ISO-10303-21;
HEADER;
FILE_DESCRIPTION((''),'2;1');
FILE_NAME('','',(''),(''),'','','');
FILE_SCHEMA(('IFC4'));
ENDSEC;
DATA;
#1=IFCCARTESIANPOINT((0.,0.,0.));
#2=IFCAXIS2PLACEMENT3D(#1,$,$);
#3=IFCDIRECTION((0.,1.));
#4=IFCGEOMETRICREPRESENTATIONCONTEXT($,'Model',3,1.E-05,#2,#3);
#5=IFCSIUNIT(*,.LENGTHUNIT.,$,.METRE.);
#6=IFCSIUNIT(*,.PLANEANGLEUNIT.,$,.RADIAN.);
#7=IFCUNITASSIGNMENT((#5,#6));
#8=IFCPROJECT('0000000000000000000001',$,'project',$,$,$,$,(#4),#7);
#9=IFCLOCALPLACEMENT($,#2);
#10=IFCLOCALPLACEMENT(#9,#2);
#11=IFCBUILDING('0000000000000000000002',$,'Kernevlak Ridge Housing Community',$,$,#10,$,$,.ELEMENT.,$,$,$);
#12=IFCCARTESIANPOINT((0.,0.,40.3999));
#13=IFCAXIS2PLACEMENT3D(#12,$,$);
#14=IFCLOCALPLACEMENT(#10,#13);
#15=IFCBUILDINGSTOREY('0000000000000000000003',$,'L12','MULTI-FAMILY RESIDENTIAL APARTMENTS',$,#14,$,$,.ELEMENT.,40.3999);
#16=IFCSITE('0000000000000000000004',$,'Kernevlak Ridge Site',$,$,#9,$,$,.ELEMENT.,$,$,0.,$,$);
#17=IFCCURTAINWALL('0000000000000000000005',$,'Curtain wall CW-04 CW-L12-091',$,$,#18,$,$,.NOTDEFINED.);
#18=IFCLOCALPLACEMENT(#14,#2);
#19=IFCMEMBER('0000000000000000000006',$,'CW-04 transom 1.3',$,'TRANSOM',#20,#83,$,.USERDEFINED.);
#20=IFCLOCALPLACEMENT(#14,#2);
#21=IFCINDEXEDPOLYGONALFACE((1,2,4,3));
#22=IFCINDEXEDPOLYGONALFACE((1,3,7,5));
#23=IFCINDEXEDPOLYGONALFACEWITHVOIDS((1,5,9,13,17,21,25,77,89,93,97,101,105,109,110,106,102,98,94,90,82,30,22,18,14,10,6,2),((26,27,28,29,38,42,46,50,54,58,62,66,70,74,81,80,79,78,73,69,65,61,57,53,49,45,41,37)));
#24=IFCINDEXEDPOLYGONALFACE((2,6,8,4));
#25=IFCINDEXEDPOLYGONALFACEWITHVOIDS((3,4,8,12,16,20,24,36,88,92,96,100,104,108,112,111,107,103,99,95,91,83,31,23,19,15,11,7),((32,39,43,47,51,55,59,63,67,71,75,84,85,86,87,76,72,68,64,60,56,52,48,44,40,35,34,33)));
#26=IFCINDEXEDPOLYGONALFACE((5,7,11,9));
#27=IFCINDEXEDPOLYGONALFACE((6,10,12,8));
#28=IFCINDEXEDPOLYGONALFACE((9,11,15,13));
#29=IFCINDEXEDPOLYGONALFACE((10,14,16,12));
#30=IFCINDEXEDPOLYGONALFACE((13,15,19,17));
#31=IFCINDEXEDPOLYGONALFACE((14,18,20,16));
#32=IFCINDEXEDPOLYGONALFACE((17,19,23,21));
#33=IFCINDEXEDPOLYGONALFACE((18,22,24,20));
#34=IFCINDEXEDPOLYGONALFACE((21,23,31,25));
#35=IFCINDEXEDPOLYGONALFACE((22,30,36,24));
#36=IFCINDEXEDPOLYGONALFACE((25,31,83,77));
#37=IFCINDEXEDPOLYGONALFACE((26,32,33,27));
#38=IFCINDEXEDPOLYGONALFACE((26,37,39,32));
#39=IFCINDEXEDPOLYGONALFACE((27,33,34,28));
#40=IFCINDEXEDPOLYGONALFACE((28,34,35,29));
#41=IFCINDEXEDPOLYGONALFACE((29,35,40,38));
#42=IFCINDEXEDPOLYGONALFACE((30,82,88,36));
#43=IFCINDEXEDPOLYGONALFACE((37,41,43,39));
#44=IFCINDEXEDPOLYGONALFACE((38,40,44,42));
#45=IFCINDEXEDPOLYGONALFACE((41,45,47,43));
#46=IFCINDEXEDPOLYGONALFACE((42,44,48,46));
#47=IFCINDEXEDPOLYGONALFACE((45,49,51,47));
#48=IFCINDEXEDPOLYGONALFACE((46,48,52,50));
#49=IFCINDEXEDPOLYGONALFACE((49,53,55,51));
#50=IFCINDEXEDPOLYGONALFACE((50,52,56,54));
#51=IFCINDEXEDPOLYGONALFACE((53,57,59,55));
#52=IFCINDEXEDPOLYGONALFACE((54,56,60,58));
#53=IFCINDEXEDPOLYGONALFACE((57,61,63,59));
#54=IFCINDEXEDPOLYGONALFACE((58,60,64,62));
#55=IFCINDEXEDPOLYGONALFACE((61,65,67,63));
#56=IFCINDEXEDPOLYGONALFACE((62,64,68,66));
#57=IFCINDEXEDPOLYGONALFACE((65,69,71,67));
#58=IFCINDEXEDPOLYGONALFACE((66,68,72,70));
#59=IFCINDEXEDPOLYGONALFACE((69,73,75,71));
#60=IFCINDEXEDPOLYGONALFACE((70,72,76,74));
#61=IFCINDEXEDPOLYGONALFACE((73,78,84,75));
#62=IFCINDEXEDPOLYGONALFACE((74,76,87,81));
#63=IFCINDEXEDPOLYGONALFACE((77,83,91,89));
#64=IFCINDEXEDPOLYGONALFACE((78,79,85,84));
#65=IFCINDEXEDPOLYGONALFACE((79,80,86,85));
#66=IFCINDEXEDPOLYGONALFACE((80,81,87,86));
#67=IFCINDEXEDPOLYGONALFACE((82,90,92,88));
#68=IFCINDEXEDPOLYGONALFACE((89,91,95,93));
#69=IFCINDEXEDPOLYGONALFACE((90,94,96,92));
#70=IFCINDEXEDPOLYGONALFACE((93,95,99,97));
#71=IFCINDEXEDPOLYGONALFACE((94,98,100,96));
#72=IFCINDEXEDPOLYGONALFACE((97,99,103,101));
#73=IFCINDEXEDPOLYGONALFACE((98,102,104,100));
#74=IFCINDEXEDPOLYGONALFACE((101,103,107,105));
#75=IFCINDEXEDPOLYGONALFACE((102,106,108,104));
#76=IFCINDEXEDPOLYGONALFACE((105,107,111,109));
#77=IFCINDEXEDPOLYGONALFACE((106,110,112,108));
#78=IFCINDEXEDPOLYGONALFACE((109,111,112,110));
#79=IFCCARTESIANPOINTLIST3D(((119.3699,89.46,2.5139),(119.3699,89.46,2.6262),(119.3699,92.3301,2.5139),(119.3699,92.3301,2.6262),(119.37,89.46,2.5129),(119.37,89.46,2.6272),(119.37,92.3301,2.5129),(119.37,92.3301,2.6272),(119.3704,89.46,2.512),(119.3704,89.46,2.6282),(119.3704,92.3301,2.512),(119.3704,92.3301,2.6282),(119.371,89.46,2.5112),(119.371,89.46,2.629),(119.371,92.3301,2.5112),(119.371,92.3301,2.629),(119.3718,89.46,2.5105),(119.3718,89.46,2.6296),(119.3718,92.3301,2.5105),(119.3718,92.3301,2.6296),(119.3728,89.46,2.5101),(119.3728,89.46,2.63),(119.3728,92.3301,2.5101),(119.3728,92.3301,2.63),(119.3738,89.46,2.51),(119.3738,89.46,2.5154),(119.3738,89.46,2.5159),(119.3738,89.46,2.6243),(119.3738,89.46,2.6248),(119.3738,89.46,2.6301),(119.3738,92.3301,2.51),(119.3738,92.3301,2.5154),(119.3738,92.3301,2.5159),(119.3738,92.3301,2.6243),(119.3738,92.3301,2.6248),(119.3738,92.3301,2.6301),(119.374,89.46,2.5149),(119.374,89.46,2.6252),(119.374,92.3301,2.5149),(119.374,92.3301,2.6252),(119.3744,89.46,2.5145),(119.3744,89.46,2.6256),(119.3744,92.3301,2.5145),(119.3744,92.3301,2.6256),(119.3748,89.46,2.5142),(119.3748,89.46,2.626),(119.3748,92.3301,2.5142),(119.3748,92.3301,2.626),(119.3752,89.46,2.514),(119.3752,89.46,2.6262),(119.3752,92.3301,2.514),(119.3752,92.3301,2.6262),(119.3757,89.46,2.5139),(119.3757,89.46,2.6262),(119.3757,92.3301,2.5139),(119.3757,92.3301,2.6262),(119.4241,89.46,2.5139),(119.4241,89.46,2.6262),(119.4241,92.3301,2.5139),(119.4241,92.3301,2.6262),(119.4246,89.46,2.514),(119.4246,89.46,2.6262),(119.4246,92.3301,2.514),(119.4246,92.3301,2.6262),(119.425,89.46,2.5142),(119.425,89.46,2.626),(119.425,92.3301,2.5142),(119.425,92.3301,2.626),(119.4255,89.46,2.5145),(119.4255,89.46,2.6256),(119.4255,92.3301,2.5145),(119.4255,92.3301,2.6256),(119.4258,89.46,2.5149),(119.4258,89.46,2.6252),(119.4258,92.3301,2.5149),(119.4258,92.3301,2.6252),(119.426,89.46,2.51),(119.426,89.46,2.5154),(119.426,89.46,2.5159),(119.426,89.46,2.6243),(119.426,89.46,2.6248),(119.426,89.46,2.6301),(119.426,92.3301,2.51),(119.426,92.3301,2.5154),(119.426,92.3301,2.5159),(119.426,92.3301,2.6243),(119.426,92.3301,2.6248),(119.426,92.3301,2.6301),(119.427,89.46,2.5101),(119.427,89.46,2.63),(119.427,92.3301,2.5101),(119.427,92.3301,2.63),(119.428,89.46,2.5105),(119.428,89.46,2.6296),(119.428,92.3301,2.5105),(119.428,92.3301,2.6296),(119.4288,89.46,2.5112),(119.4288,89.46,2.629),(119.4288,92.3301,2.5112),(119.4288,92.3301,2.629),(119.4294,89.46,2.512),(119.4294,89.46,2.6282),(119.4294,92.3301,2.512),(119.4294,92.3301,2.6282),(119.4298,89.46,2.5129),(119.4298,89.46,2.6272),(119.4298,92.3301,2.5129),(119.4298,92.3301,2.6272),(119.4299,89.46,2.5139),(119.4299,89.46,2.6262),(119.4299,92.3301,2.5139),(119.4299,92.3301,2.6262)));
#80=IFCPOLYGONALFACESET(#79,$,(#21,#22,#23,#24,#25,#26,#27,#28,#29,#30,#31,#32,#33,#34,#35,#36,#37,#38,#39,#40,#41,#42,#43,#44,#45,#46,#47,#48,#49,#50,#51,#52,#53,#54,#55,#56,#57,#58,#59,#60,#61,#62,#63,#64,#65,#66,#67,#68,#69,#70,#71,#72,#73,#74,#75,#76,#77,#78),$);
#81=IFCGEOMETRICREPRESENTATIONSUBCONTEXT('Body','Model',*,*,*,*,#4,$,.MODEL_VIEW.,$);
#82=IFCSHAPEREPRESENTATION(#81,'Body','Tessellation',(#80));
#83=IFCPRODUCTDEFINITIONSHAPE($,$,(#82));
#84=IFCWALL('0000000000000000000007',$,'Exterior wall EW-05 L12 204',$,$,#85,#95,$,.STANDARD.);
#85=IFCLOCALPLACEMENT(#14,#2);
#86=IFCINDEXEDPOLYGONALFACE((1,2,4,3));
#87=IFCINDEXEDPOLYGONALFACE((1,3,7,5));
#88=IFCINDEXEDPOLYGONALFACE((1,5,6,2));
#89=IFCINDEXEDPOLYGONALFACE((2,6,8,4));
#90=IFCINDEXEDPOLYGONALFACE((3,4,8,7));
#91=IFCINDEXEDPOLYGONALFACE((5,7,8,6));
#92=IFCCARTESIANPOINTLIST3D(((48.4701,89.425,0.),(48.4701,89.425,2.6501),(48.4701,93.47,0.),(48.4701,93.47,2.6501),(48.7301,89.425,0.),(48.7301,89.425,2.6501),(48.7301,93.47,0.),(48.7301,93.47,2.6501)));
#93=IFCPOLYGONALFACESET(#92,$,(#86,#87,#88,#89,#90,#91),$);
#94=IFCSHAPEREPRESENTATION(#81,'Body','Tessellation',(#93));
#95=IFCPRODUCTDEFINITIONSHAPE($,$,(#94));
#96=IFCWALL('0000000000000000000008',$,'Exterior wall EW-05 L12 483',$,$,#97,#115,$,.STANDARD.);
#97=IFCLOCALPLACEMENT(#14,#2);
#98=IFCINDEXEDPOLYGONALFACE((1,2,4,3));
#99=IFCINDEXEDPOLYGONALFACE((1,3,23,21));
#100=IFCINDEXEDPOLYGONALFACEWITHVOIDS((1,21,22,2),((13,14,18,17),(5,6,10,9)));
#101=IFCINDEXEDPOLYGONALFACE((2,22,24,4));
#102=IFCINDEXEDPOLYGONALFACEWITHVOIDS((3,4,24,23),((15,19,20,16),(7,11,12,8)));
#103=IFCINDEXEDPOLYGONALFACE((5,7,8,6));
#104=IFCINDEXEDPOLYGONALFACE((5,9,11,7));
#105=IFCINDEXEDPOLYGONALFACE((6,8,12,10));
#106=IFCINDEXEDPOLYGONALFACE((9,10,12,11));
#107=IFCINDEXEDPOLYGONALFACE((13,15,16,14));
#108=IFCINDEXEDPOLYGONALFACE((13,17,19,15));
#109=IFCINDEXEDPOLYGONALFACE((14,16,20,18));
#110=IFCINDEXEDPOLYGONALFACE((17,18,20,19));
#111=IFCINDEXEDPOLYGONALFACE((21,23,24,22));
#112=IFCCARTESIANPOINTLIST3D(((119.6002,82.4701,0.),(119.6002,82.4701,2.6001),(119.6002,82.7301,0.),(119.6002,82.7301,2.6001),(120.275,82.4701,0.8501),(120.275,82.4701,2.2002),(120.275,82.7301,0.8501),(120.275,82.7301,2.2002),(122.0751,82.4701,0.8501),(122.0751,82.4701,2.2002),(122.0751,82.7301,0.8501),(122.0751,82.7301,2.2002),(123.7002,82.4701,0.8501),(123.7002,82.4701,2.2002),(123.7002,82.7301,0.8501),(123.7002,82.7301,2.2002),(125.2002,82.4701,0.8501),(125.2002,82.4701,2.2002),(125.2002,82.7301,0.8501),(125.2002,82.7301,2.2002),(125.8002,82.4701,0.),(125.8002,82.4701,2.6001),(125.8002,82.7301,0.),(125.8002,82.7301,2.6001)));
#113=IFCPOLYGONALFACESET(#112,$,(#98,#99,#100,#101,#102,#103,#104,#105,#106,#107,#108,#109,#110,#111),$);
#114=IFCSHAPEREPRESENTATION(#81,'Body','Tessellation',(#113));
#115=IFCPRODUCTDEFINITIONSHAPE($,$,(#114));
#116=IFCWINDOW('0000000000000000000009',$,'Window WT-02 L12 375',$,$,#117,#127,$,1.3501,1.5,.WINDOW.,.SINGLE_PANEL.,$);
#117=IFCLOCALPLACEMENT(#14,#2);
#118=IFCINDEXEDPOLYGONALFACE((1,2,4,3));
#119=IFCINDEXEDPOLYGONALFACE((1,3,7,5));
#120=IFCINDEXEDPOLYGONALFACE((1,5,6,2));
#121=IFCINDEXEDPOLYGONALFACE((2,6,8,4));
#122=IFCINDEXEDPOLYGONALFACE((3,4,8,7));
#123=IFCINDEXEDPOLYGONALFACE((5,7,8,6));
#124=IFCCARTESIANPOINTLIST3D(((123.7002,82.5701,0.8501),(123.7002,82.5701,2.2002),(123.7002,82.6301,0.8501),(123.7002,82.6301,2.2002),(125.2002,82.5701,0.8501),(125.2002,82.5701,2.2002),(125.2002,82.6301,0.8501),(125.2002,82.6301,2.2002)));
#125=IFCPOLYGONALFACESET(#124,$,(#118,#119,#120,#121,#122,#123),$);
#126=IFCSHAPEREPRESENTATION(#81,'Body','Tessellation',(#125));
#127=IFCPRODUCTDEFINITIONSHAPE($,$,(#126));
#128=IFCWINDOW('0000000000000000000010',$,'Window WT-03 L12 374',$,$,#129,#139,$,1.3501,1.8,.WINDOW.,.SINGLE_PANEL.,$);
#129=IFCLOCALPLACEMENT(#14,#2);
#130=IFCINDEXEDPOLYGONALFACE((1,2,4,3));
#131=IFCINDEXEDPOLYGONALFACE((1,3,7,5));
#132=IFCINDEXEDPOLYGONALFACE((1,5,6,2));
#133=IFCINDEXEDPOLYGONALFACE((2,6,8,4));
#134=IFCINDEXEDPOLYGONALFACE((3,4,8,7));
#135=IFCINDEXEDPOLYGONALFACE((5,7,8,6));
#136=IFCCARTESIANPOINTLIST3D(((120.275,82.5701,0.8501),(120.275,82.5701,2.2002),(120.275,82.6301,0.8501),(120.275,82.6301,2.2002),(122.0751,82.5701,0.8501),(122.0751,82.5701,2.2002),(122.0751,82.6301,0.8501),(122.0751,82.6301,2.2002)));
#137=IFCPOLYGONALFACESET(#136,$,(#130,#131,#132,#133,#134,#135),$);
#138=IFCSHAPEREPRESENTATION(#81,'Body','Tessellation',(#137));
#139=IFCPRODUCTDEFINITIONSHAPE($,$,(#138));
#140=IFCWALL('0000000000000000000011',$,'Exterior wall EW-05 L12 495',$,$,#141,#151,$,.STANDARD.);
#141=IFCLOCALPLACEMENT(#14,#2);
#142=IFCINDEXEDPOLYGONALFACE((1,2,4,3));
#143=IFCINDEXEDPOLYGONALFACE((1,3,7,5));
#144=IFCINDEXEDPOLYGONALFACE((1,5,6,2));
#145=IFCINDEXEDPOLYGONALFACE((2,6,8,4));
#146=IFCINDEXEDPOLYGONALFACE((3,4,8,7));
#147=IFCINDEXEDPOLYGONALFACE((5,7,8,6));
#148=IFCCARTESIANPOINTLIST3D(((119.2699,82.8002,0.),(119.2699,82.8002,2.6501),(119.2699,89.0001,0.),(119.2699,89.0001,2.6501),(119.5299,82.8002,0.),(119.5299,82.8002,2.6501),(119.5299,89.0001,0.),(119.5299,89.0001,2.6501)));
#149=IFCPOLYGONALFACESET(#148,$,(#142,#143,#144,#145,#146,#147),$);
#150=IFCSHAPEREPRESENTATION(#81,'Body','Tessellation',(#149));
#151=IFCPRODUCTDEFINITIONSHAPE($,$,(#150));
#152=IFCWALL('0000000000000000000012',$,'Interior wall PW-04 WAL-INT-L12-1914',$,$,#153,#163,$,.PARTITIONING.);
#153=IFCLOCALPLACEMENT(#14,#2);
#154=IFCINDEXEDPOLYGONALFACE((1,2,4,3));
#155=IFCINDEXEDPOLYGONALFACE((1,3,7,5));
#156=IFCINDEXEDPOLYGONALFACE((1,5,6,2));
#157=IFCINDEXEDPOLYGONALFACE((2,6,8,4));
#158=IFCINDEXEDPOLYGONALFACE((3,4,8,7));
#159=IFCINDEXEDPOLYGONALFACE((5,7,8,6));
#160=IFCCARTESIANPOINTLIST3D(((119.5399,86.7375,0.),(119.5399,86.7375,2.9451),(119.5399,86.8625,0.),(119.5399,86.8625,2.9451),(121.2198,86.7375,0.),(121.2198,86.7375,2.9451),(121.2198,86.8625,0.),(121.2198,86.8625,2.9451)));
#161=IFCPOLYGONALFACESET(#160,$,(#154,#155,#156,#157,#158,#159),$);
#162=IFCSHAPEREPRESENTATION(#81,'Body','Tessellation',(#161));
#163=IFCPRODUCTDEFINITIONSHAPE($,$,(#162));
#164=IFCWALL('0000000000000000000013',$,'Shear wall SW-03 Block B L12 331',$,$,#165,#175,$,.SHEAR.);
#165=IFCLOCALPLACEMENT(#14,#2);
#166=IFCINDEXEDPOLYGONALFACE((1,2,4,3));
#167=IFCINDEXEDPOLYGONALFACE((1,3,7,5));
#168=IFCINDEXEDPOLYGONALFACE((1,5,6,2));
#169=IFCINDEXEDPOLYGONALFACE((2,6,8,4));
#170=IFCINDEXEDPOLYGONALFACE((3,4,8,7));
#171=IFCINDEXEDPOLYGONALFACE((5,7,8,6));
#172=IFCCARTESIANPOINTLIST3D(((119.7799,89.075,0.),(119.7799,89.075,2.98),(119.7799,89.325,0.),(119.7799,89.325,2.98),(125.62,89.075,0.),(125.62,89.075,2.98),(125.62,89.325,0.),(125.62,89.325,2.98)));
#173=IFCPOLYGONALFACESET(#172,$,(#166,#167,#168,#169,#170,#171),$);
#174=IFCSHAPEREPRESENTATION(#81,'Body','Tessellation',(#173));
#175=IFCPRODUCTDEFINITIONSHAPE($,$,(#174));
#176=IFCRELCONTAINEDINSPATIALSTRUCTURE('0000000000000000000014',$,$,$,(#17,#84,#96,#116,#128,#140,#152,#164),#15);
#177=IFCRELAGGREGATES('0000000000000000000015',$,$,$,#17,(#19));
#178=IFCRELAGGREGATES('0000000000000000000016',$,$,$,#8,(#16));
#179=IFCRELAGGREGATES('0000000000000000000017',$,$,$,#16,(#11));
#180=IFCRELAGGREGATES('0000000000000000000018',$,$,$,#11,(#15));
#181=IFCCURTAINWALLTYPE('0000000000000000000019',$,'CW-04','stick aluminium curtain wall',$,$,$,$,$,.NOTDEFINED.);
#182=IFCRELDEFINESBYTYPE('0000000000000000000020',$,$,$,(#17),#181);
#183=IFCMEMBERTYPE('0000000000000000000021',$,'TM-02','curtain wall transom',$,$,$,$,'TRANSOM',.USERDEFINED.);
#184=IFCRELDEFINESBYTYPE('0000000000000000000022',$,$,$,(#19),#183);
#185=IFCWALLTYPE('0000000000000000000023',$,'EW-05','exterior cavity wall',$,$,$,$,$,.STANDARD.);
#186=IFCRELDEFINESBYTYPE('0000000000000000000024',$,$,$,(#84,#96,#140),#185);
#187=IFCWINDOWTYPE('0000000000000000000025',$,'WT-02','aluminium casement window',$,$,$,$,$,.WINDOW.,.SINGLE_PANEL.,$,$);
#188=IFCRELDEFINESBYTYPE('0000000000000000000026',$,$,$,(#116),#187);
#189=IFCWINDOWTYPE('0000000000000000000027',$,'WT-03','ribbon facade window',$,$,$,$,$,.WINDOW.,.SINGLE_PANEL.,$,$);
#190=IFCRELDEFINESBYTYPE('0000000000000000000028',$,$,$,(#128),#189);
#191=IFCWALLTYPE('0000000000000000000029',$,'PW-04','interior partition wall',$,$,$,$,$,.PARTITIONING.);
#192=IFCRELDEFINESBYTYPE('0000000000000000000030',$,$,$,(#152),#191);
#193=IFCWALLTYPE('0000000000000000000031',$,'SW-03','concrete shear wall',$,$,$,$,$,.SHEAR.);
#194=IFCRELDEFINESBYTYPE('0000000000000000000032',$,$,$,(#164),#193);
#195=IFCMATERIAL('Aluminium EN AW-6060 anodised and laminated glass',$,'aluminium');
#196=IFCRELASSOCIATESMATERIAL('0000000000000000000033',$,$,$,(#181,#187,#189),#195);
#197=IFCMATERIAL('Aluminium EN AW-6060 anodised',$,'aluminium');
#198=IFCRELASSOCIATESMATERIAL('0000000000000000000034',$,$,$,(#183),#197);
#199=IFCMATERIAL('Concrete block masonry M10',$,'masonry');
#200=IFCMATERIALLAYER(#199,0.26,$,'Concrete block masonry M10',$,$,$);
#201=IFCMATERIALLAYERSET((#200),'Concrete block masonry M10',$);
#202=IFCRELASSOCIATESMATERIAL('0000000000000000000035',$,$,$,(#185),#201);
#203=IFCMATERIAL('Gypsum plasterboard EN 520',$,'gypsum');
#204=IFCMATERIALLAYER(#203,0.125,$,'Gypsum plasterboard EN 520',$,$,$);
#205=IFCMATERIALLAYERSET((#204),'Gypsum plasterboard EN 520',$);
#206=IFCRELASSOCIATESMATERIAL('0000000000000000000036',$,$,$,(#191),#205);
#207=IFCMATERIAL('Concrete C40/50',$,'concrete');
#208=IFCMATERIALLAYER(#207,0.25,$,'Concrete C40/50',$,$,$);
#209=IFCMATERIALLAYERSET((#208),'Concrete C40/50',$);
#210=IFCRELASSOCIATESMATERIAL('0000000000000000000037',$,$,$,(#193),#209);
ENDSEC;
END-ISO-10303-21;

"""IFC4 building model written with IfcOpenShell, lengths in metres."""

from ifc_helpers import new_model, si_unit, direction, frame, frame_2d, origin, origin_2d, place, context, subcontext, project, spatial, rectangle, hollow_rectangle, extrude, material, layer, layer_set, material_profile, profile_set, type_object, element, fill, aggregate, save


model = new_model("IFC4")

# Units and contexts
model_context = context("Model", 3, precision=1e-05, world=origin(), true_north=direction((0.0, 1.0)))
body_context = subcontext(model_context, "Body", "Model", "MODEL_VIEW")
ifc_project = project(units=[si_unit("LENGTHUNIT", "METRE"), si_unit("PLANEANGLEUNIT", "RADIAN")], contexts=[model_context])

# Site, building, storey
site_placement = place(None, origin())
site = spatial("IfcSite", under=ifc_project, at=site_placement, Name="Kernevlak Ridge Site", CompositionType="ELEMENT", RefElevation=0.0)
building_placement = place(site_placement, origin())
building = spatial("IfcBuilding", under=site, at=building_placement, Name="Kernevlak Ridge Housing Community", CompositionType="ELEMENT")
storey_placement = place(building_placement, frame((0.0, 0.0, 40.3999)))
storey = spatial("IfcBuildingStorey", under=building, at=storey_placement, Name="L12", Description="MULTI-FAMILY RESIDENTIAL APARTMENTS", CompositionType="ELEMENT", Elevation=40.3999)

# Curtain wall
ifc_material_1 = material(Name="Aluminium EN AW-6060 anodised and laminated glass", Category="aluminium")
curtain_wall_type = type_object("IfcCurtainWallType", Name="CW-04", Description="stick aluminium curtain wall", PredefinedType="NOTDEFINED", material=ifc_material_1)
curtain_wall_placement = place(storey_placement, origin())
curtain_wall = element("IfcCurtainWall", 1, at=curtain_wall_placement, inside=storey, type_object=curtain_wall_type, Name="Curtain wall CW-04 CW-L12-091", PredefinedType="NOTDEFINED")
ifc_material_2 = material(Name="Aluminium EN AW-6060 anodised", Category="aluminium")

# Member
ifc_material_profile_1 = material_profile(ifc_material_2, hollow_rectangle(XDim=0.0601, YDim=0.1201, WallThickness=0.0039, InnerFilletRadius=0.002, OuterFilletRadius=0.0039, at=origin_2d()), Name="ALU 60x120x4")
ifc_profile_set_1 = profile_set([ifc_material_profile_1], Name="Aluminium EN AW-6060 anodised")
member_type_1 = type_object("IfcMemberType", Name="TM-02", Description="curtain wall transom", ElementType="TRANSOM", PredefinedType="USERDEFINED", material=ifc_profile_set_1)
member_1_placement = place(storey_placement, frame((119.3999, 89.46, 2.5701), z_axis=(0.0, 1.0, 0.0), x_axis=(-1.0, 0.0, 0.0)))
member_1 = element("IfcMember", 2, at=member_1_placement, type_object=member_type_1, Name="CW-04 transom 1.3", ObjectType="TRANSOM", PredefinedType="USERDEFINED", context=body_context, shape_type="SweptSolid", body=[
    extrude(hollow_rectangle(XDim=0.0601, YDim=0.1201, WallThickness=0.0039, InnerFilletRadius=0.002, OuterFilletRadius=0.0039, at=origin_2d()), origin(), (0.0, 0.0, 1.0), 2.8701),
])
aggregate(curtain_wall, [member_1])

# Wall
ifc_material_3 = material(Name="Concrete block masonry M10", Category="masonry")
ifc_layer_1 = layer(ifc_material_3, 0.26, Name="Concrete block masonry M10")
ifc_layer_set_1 = layer_set([ifc_layer_1], Name="Concrete block masonry M10")
wall_type_1 = type_object("IfcWallType", Name="EW-05", Description="exterior cavity wall", PredefinedType="STANDARD", material=ifc_layer_set_1)
wall_1_placement = place(storey_placement, frame((48.6001, 89.425, 0.0), z_axis=(0.0, 0.0, 1.0), x_axis=(0.0, 1.0, 0.0)))
element("IfcWall", 3, at=wall_1_placement, inside=storey, type_object=wall_type_1, Name="Exterior wall EW-05 L12 204", PredefinedType="STANDARD", context=body_context, shape_type="SweptSolid", body=[
    extrude(rectangle(XDim=4.0449, YDim=0.26, at=frame_2d((2.0225, 0.0))), origin(), (0.0, 0.0, 1.0), 2.6501),
])

# Wall, openings, windows
wall_2_placement = place(storey_placement, frame((119.6001, 82.6001, 0.0), z_axis=(0.0, 0.0, 1.0), x_axis=(1.0, 0.0, 0.0)))
wall_2 = element("IfcWall", 4, at=wall_2_placement, inside=storey, type_object=wall_type_1, Name="Exterior wall EW-05 L12 483", PredefinedType="STANDARD", context=body_context, shape_type="SweptSolid", body=[
    extrude(rectangle(XDim=6.2, YDim=0.26, at=frame_2d((3.1001, 0.0))), origin(), (0.0, 0.0, 1.0), 2.6001),
])
opening_1_placement = place(wall_2_placement, frame((0.675, 0.0, 0.8501)))
opening_1 = element("IfcOpeningElement", 5, at=opening_1_placement, cuts=wall_2, PredefinedType="OPENING", context=body_context, shape_type="SweptSolid", body=[
    extrude(rectangle(XDim=1.8, YDim=1.3501, at=frame_2d((0.8999, 0.675))), frame((0.0, 0.1399, 0.0), z_axis=(0.0, -1.0, 0.0), x_axis=(1.0, 0.0, 0.0)), (0.0, 0.0, 1.0), 0.28),
])
opening_2_placement = place(wall_2_placement, frame((4.1001, 0.0, 0.8501)))
opening_2 = element("IfcOpeningElement", 6, at=opening_2_placement, cuts=wall_2, PredefinedType="OPENING", context=body_context, shape_type="SweptSolid", body=[
    extrude(rectangle(XDim=1.5, YDim=1.3501, at=frame_2d((0.75, 0.675))), frame((0.0, 0.1399, 0.0), z_axis=(0.0, -1.0, 0.0), x_axis=(1.0, 0.0, 0.0)), (0.0, 0.0, 1.0), 0.28),
])
window_type_1 = type_object("IfcWindowType", Name="WT-02", Description="aluminium casement window", PartitioningType="SINGLE_PANEL", PredefinedType="WINDOW", material=ifc_material_1)
window_1_placement = place(opening_2_placement, origin())
window_1 = element("IfcWindow", 7, at=window_1_placement, inside=storey, type_object=window_type_1, Name="Window WT-02 L12 375", OverallHeight=1.3501, OverallWidth=1.5, PartitioningType="SINGLE_PANEL", PredefinedType="WINDOW", context=body_context, shape_type="SweptSolid", body=[
    extrude(rectangle(XDim=1.5, YDim=1.3501, at=frame_2d((0.75, 0.675))), frame((0.0, 0.03, 0.0), z_axis=(0.0, -1.0, 0.0), x_axis=(1.0, 0.0, 0.0)), (0.0, 0.0, 1.0), 0.0601),
])
fill(opening_2, window_1)
window_type_2 = type_object("IfcWindowType", Name="WT-03", Description="ribbon facade window", PartitioningType="SINGLE_PANEL", PredefinedType="WINDOW", material=ifc_material_1)
window_2_placement = place(opening_1_placement, origin())
window_2 = element("IfcWindow", 8, at=window_2_placement, inside=storey, type_object=window_type_2, Name="Window WT-03 L12 374", OverallHeight=1.3501, OverallWidth=1.8, PartitioningType="SINGLE_PANEL", PredefinedType="WINDOW", context=body_context, shape_type="SweptSolid", body=[
    extrude(rectangle(XDim=1.8, YDim=1.3501, at=frame_2d((0.8999, 0.675))), frame((0.0, 0.03, 0.0), z_axis=(0.0, -1.0, 0.0), x_axis=(1.0, 0.0, 0.0)), (0.0, 0.0, 1.0), 0.0601),
])
fill(opening_1, window_2)

# Walls
wall_3_placement = place(storey_placement, frame((119.3999, 82.8, 0.0), z_axis=(0.0, 0.0, 1.0), x_axis=(0.0, 1.0, 0.0)))
element("IfcWall", 9, at=wall_3_placement, inside=storey, type_object=wall_type_1, Name="Exterior wall EW-05 L12 495", PredefinedType="STANDARD", context=body_context, shape_type="SweptSolid", body=[
    extrude(rectangle(XDim=6.2, YDim=0.26, at=frame_2d((3.1001, 0.0))), origin(), (0.0, 0.0, 1.0), 2.6501),
])
ifc_material_4 = material(Name="Gypsum plasterboard EN 520", Category="gypsum")
ifc_layer_2 = layer(ifc_material_4, 0.125, Name="Gypsum plasterboard EN 520")
ifc_layer_set_2 = layer_set([ifc_layer_2], Name="Gypsum plasterboard EN 520")
wall_type_2 = type_object("IfcWallType", Name="PW-04", Description="interior partition wall", PredefinedType="PARTITIONING", material=ifc_layer_set_2)
wall_4_placement = place(storey_placement, frame((119.54, 86.8, 0.0), z_axis=(0.0, 0.0, 1.0), x_axis=(1.0, 0.0, 0.0)))
element("IfcWall", 10, at=wall_4_placement, inside=storey, type_object=wall_type_2, Name="Interior wall PW-04 WAL-INT-L12-1914", PredefinedType="PARTITIONING", context=body_context, shape_type="SweptSolid", body=[
    extrude(rectangle(XDim=1.6799, YDim=0.125, at=frame_2d((0.8398, 0.0))), origin(), (0.0, 0.0, 1.0), 2.9451),
])
ifc_material_5 = material(Name="Concrete C40/50", Category="concrete")
ifc_layer_3 = layer(ifc_material_5, 0.25, Name="Concrete C40/50")
ifc_layer_set_3 = layer_set([ifc_layer_3], Name="Concrete C40/50")
wall_type_3 = type_object("IfcWallType", Name="SW-03", Description="concrete shear wall", PredefinedType="SHEAR", material=ifc_layer_set_3)
wall_5_placement = place(storey_placement, frame((119.78, 89.2, 0.0), z_axis=(0.0, 0.0, 1.0), x_axis=(1.0, 0.0, 0.0)))
element("IfcWall", 11, at=wall_5_placement, inside=storey, type_object=wall_type_3, Name="Shear wall SW-03 Block B L12 331", PredefinedType="SHEAR", context=body_context, shape_type="SweptSolid", body=[
    extrude(rectangle(XDim=5.8401, YDim=0.25, at=frame_2d((2.9199, 0.0))), origin(), (0.0, 0.0, 1.0), 2.98),
])

save(model, "model.ifc")
